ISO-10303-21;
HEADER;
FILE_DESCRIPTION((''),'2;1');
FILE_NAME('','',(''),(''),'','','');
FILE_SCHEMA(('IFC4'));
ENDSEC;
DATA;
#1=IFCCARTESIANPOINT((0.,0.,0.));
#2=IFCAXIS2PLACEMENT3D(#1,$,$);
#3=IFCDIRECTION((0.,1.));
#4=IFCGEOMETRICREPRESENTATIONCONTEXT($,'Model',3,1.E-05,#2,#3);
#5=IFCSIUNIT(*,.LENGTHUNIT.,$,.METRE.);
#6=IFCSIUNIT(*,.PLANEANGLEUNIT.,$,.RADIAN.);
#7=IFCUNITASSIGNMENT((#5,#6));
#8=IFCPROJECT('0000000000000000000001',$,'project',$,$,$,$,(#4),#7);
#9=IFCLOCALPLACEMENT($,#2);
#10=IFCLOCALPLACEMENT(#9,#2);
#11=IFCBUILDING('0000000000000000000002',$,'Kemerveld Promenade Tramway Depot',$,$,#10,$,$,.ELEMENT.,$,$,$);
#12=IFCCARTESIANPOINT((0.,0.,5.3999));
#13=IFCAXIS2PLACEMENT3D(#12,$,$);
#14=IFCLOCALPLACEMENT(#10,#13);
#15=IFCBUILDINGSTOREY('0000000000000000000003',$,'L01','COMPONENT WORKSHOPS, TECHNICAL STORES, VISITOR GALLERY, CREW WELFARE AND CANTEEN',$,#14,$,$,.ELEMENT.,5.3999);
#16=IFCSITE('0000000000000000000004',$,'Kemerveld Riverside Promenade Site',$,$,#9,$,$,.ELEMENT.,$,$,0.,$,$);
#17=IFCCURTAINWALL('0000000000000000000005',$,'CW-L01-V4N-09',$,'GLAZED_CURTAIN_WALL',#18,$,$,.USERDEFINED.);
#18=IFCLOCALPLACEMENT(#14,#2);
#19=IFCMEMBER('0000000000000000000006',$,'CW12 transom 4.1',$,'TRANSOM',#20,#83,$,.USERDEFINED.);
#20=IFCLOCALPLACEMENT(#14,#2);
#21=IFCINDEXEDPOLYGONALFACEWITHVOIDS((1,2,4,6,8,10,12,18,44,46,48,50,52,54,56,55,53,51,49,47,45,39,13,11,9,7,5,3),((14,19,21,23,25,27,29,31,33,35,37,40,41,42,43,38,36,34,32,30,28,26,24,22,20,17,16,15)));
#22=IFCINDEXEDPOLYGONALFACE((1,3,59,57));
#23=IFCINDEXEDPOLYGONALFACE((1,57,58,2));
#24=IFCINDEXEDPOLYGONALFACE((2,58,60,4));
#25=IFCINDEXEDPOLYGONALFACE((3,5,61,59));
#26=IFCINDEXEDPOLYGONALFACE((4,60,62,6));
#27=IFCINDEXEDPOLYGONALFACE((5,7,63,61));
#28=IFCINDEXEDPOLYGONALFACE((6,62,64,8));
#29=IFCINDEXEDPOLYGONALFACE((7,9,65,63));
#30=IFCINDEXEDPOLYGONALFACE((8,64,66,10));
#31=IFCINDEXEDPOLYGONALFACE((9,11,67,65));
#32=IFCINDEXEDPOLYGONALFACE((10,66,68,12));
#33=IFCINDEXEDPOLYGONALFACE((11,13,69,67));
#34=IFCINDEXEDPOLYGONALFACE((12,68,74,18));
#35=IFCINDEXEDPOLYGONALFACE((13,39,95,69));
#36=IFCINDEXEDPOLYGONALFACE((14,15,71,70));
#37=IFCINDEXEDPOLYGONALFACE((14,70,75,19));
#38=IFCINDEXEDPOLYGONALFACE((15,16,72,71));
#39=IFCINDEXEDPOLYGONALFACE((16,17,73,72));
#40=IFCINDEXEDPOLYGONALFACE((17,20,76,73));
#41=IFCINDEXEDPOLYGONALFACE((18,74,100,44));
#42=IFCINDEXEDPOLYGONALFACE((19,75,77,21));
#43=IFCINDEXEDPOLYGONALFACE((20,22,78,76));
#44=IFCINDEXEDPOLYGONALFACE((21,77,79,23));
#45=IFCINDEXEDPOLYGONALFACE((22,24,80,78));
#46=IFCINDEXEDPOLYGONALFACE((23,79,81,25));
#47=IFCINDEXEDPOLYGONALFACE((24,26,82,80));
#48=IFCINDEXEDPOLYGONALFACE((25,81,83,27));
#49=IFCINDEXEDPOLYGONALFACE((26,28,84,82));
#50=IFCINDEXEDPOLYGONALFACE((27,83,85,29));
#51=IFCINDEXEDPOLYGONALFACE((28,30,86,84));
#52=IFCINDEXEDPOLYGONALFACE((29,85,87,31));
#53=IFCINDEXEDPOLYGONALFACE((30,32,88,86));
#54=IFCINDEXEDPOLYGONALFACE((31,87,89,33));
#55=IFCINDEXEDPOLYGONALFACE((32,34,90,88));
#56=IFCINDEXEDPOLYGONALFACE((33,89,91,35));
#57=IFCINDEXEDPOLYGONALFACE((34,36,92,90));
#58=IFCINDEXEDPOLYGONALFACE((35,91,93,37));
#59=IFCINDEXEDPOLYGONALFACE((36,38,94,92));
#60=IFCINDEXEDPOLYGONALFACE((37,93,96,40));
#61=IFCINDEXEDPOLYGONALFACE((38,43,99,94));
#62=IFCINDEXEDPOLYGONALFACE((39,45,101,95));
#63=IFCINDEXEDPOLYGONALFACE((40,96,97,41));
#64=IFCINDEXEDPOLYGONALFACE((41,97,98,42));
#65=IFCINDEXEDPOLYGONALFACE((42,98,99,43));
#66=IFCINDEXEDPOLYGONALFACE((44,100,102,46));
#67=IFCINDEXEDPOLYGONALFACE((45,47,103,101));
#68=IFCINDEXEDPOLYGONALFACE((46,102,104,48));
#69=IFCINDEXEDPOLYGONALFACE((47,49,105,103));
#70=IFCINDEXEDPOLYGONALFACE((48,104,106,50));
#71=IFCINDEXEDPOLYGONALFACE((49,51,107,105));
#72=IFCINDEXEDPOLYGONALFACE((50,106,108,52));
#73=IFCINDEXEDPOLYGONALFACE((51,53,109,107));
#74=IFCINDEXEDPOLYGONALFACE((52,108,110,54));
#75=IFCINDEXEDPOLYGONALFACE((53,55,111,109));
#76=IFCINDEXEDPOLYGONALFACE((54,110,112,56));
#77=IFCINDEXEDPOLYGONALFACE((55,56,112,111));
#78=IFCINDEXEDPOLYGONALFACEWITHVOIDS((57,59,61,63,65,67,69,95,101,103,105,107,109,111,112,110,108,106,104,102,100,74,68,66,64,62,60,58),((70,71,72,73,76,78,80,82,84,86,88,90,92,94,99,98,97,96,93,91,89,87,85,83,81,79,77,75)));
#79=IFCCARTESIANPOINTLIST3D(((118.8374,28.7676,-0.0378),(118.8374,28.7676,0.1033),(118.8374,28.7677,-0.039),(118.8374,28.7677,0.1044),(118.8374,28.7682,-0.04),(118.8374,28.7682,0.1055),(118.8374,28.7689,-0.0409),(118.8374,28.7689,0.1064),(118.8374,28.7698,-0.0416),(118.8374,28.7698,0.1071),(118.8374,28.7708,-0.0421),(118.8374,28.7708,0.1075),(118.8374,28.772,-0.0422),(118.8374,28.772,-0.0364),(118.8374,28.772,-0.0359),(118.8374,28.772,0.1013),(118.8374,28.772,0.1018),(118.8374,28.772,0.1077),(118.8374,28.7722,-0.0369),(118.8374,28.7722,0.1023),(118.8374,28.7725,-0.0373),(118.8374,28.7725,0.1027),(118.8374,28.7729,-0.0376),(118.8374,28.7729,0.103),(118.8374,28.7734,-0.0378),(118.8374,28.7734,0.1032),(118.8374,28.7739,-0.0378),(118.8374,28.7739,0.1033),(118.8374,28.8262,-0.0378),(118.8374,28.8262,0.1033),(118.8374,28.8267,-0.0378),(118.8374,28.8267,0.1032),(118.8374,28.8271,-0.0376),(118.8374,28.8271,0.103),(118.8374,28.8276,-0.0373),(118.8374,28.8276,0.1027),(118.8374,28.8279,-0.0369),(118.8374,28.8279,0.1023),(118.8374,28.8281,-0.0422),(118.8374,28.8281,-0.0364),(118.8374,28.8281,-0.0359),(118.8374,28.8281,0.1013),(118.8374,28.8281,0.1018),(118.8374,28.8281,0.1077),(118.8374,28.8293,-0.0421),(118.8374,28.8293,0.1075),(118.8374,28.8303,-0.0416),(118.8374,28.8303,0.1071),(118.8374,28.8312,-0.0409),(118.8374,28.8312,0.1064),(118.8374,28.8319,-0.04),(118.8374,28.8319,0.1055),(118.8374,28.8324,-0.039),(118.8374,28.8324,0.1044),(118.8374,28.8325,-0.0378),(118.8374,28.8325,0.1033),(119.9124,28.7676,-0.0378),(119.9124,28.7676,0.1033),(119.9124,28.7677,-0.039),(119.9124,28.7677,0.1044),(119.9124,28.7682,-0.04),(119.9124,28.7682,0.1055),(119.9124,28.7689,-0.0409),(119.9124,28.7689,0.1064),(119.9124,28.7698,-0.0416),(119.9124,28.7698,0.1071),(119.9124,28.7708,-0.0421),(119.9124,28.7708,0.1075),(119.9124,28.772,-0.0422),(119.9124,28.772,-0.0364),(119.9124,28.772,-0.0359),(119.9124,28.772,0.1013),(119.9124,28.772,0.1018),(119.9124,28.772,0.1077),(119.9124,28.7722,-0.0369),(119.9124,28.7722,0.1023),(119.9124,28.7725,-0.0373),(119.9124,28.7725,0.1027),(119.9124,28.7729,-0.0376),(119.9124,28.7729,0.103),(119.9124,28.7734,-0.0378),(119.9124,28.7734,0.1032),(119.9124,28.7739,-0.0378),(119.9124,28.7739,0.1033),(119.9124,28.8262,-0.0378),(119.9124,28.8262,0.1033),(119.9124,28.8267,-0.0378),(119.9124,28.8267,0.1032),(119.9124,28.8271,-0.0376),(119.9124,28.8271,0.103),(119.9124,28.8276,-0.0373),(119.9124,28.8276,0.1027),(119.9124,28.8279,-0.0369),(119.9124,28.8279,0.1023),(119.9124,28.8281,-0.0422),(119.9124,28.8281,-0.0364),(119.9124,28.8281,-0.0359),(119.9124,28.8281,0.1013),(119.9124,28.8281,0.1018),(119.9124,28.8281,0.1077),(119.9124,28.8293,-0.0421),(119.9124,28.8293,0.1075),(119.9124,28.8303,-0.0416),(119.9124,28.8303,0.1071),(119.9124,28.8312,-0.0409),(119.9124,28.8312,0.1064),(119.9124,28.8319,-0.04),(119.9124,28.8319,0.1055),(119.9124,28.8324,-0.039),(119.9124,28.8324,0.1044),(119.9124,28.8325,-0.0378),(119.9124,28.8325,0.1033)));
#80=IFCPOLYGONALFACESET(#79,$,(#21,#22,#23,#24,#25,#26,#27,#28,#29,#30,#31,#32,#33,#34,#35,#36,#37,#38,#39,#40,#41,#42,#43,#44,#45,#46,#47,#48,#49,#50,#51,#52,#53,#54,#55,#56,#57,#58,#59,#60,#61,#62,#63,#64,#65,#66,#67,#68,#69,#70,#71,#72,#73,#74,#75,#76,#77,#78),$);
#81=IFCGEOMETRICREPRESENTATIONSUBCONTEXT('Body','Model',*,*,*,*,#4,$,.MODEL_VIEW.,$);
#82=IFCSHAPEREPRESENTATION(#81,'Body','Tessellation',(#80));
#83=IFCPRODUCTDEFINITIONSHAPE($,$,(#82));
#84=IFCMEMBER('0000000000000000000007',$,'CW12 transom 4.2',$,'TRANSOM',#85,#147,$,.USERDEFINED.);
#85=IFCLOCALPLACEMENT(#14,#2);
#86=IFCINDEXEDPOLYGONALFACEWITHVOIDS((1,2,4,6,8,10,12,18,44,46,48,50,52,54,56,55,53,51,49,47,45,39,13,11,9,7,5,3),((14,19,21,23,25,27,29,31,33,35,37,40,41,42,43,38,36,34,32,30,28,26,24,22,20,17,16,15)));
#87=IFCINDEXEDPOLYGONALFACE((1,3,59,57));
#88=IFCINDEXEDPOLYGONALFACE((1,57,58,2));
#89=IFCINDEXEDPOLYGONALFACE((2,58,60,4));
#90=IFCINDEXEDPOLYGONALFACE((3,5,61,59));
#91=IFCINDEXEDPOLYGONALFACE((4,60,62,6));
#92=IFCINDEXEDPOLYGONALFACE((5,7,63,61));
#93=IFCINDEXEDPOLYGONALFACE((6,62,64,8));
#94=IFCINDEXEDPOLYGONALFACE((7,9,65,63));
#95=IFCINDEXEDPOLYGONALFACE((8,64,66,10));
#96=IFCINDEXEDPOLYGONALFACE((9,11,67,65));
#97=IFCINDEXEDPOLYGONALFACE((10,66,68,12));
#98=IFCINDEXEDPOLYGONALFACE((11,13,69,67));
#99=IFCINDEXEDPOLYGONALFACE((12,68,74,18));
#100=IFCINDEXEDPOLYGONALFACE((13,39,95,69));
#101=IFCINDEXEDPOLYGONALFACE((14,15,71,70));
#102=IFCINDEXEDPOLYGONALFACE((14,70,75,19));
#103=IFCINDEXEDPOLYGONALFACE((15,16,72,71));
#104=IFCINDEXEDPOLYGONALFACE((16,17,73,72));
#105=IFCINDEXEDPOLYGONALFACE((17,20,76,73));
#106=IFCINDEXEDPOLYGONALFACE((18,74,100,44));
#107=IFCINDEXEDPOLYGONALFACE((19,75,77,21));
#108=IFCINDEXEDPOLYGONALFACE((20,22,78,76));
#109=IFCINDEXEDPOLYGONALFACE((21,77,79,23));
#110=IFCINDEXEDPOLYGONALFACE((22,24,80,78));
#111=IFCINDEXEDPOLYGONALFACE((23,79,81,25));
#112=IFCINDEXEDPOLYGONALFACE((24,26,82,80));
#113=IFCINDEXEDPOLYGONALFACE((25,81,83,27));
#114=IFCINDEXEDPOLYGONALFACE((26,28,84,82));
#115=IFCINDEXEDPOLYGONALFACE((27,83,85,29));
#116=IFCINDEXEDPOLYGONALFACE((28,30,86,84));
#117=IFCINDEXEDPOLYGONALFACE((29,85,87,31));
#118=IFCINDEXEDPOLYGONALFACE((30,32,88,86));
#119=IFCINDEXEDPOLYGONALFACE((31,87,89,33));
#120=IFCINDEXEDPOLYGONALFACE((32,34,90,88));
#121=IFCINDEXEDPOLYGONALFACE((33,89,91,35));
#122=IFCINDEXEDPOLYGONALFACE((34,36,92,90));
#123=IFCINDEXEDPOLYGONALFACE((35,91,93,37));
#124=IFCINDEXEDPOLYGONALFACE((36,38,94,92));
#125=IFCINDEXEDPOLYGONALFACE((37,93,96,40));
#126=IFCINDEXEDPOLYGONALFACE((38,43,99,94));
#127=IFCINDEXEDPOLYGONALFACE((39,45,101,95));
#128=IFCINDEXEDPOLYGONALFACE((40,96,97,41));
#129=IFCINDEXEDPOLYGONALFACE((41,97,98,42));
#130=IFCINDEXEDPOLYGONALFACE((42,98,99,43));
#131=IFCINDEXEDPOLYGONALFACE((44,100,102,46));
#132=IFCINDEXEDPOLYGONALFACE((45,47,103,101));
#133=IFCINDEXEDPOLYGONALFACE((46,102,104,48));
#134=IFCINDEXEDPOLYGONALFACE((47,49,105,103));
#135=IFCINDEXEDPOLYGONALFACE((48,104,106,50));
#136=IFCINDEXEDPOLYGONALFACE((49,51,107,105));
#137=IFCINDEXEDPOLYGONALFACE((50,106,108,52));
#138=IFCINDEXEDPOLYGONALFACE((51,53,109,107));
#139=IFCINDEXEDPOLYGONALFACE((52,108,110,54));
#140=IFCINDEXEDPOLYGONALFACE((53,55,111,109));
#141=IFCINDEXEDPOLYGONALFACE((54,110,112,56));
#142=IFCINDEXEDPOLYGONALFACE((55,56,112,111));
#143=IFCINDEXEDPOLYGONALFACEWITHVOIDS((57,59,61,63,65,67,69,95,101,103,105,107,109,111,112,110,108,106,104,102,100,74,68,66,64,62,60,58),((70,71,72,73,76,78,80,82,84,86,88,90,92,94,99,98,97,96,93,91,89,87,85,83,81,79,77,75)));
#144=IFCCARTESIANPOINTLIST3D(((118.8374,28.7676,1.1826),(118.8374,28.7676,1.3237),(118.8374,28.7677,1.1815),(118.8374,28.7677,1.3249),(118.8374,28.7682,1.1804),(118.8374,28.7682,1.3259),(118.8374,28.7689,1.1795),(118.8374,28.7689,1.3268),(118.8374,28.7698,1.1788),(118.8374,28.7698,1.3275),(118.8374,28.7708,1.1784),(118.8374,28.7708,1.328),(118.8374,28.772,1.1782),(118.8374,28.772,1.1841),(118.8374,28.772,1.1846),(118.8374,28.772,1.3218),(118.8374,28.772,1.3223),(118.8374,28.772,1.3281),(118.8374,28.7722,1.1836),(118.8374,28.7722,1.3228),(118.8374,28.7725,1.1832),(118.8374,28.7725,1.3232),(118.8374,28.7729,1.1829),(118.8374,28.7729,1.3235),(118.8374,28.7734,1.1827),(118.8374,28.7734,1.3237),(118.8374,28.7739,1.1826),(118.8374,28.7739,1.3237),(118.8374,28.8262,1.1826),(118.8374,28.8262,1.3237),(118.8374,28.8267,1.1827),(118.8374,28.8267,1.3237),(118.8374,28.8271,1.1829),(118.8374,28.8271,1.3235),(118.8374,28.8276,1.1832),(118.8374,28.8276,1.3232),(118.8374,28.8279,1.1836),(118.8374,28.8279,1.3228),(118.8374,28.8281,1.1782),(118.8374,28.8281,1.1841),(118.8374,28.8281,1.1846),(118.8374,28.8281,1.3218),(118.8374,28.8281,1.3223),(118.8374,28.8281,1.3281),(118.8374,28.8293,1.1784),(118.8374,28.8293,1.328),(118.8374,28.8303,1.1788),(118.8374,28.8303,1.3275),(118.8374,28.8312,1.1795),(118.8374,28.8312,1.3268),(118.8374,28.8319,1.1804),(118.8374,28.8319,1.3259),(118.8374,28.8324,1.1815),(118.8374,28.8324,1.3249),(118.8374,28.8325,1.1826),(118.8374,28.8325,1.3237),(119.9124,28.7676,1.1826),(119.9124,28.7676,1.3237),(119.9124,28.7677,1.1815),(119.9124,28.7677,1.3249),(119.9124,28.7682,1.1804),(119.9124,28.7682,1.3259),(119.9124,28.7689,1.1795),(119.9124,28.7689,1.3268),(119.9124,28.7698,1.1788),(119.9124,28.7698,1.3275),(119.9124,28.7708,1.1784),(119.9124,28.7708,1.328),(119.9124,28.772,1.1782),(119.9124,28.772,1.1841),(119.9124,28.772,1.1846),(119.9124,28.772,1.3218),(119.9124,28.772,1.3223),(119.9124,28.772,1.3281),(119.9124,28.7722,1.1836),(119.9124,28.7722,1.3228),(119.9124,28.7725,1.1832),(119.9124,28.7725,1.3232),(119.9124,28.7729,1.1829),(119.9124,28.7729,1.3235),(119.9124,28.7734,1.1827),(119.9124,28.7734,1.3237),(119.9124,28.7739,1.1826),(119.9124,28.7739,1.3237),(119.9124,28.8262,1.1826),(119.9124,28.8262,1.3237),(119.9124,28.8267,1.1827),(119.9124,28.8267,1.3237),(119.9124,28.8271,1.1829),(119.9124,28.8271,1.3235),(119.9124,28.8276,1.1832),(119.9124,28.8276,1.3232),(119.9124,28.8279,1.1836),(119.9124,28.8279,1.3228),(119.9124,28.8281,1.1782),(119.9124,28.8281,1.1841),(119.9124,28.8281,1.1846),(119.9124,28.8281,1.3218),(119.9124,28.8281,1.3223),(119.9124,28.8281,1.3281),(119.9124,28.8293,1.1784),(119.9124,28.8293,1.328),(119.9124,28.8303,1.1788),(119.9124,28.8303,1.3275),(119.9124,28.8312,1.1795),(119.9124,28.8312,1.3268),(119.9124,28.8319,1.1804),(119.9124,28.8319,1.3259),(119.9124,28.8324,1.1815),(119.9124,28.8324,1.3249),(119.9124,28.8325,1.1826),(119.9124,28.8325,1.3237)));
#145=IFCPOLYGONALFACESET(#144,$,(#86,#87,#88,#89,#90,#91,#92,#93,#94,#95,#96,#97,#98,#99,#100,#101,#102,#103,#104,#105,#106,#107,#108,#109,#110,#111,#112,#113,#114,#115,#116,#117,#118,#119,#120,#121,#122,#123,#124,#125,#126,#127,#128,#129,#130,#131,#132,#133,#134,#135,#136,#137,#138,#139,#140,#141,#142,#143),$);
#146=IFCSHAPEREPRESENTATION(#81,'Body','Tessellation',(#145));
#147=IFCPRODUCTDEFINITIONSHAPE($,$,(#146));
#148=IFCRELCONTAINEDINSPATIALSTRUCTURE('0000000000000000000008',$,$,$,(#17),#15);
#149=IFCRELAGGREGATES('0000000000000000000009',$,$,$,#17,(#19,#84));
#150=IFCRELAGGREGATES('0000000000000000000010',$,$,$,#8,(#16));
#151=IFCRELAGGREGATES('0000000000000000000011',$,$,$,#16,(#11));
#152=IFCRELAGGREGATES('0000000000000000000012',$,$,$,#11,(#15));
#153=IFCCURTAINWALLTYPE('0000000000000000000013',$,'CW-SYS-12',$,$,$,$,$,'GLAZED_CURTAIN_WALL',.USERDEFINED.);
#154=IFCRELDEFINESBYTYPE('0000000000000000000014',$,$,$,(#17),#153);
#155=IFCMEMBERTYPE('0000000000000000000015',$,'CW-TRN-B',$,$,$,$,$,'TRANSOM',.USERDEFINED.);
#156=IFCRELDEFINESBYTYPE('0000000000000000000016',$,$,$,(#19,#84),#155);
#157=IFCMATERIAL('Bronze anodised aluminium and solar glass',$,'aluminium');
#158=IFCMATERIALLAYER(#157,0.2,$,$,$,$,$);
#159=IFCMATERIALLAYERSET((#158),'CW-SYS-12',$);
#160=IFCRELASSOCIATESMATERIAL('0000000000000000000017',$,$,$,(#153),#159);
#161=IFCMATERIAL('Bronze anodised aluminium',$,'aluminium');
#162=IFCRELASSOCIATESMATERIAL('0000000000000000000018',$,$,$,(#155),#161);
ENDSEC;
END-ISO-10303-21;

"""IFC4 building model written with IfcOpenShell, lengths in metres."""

from ifc_helpers import new_model, si_unit, direction, frame, origin, origin_2d, place, context, subcontext, project, spatial, hollow_rectangle, extrude, material, layer, layer_set, material_profile, profile_set, type_object, element, aggregate, save


model = new_model("IFC4")

# Units and contexts
model_context = context("Model", 3, precision=1e-05, world=origin(), true_north=direction((0.0, 1.0)))
body_context = subcontext(model_context, "Body", "Model", "MODEL_VIEW")
ifc_project = project(units=[si_unit("LENGTHUNIT", "METRE"), si_unit("PLANEANGLEUNIT", "RADIAN")], contexts=[model_context])

# Site, building, storey
site_placement = place(None, origin())
site = spatial("IfcSite", under=ifc_project, at=site_placement, Name="Kemerveld Riverside Promenade Site", CompositionType="ELEMENT", RefElevation=0.0)
building_placement = place(site_placement, origin())
building = spatial("IfcBuilding", under=site, at=building_placement, Name="Kemerveld Promenade Tramway Depot", CompositionType="ELEMENT")
storey_placement = place(building_placement, frame((0.0, 0.0, 5.3999)))
storey = spatial("IfcBuildingStorey", under=building, at=storey_placement, Name="L01", Description="COMPONENT WORKSHOPS, TECHNICAL STORES, VISITOR GALLERY, CREW WELFARE AND CANTEEN", CompositionType="ELEMENT", Elevation=5.3999)

# Curtain wall, members
ifc_material_1 = material(Name="Bronze anodised aluminium and solar glass", Category="aluminium")
ifc_layer_1 = layer(ifc_material_1, 0.2)
ifc_layer_set_1 = layer_set([ifc_layer_1], Name="CW-SYS-12")
curtain_wall_type = type_object("IfcCurtainWallType", Name="CW-SYS-12", ElementType="GLAZED_CURTAIN_WALL", PredefinedType="USERDEFINED", material=ifc_layer_set_1)
curtain_wall_placement = place(storey_placement, origin())
curtain_wall = element("IfcCurtainWall", 1, at=curtain_wall_placement, inside=storey, type_object=curtain_wall_type, Name="CW-L01-V4N-09", ObjectType="GLAZED_CURTAIN_WALL", PredefinedType="USERDEFINED")
ifc_material_2 = material(Name="Bronze anodised aluminium", Category="aluminium")
ifc_material_profile_1 = material_profile(ifc_material_2, hollow_rectangle(XDim=0.0649, YDim=0.1499, WallThickness=0.0044, InnerFilletRadius=0.002, OuterFilletRadius=0.0044, at=origin_2d()), Name="CW-TRN-150x65")
ifc_profile_set_1 = profile_set([ifc_material_profile_1], Name="Bronze anodised aluminium")
member_type_1 = type_object("IfcMemberType", Name="CW-TRN-B", ElementType="TRANSOM", PredefinedType="USERDEFINED", material=ifc_profile_set_1)
member_1_placement = place(storey_placement, frame((118.8374, 28.8, 0.0327), z_axis=(1.0, 0.0, 0.0), x_axis=(0.0, 1.0, 0.0)))
member_1 = element("IfcMember", 2, at=member_1_placement, type_object=member_type_1, Name="CW12 transom 4.1", ObjectType="TRANSOM", PredefinedType="USERDEFINED", context=body_context, shape_type="SweptSolid", body=[
    extrude(hollow_rectangle(XDim=0.0649, YDim=0.1499, WallThickness=0.0044, InnerFilletRadius=0.002, OuterFilletRadius=0.0044, at=origin_2d()), origin(), (0.0, 0.0, 1.0), 1.075),
])
member_2_placement = place(storey_placement, frame((118.8374, 28.8, 1.2532), z_axis=(1.0, 0.0, 0.0), x_axis=(0.0, 1.0, 0.0)))
member_2 = element("IfcMember", 3, at=member_2_placement, type_object=member_type_1, Name="CW12 transom 4.2", ObjectType="TRANSOM", PredefinedType="USERDEFINED", context=body_context, shape_type="SweptSolid", body=[
    extrude(hollow_rectangle(XDim=0.0649, YDim=0.1499, WallThickness=0.0044, InnerFilletRadius=0.002, OuterFilletRadius=0.0044, at=origin_2d()), origin(), (0.0, 0.0, 1.0), 1.075),
])
aggregate(curtain_wall, [member_1, member_2])

save(model, "model.ifc")
